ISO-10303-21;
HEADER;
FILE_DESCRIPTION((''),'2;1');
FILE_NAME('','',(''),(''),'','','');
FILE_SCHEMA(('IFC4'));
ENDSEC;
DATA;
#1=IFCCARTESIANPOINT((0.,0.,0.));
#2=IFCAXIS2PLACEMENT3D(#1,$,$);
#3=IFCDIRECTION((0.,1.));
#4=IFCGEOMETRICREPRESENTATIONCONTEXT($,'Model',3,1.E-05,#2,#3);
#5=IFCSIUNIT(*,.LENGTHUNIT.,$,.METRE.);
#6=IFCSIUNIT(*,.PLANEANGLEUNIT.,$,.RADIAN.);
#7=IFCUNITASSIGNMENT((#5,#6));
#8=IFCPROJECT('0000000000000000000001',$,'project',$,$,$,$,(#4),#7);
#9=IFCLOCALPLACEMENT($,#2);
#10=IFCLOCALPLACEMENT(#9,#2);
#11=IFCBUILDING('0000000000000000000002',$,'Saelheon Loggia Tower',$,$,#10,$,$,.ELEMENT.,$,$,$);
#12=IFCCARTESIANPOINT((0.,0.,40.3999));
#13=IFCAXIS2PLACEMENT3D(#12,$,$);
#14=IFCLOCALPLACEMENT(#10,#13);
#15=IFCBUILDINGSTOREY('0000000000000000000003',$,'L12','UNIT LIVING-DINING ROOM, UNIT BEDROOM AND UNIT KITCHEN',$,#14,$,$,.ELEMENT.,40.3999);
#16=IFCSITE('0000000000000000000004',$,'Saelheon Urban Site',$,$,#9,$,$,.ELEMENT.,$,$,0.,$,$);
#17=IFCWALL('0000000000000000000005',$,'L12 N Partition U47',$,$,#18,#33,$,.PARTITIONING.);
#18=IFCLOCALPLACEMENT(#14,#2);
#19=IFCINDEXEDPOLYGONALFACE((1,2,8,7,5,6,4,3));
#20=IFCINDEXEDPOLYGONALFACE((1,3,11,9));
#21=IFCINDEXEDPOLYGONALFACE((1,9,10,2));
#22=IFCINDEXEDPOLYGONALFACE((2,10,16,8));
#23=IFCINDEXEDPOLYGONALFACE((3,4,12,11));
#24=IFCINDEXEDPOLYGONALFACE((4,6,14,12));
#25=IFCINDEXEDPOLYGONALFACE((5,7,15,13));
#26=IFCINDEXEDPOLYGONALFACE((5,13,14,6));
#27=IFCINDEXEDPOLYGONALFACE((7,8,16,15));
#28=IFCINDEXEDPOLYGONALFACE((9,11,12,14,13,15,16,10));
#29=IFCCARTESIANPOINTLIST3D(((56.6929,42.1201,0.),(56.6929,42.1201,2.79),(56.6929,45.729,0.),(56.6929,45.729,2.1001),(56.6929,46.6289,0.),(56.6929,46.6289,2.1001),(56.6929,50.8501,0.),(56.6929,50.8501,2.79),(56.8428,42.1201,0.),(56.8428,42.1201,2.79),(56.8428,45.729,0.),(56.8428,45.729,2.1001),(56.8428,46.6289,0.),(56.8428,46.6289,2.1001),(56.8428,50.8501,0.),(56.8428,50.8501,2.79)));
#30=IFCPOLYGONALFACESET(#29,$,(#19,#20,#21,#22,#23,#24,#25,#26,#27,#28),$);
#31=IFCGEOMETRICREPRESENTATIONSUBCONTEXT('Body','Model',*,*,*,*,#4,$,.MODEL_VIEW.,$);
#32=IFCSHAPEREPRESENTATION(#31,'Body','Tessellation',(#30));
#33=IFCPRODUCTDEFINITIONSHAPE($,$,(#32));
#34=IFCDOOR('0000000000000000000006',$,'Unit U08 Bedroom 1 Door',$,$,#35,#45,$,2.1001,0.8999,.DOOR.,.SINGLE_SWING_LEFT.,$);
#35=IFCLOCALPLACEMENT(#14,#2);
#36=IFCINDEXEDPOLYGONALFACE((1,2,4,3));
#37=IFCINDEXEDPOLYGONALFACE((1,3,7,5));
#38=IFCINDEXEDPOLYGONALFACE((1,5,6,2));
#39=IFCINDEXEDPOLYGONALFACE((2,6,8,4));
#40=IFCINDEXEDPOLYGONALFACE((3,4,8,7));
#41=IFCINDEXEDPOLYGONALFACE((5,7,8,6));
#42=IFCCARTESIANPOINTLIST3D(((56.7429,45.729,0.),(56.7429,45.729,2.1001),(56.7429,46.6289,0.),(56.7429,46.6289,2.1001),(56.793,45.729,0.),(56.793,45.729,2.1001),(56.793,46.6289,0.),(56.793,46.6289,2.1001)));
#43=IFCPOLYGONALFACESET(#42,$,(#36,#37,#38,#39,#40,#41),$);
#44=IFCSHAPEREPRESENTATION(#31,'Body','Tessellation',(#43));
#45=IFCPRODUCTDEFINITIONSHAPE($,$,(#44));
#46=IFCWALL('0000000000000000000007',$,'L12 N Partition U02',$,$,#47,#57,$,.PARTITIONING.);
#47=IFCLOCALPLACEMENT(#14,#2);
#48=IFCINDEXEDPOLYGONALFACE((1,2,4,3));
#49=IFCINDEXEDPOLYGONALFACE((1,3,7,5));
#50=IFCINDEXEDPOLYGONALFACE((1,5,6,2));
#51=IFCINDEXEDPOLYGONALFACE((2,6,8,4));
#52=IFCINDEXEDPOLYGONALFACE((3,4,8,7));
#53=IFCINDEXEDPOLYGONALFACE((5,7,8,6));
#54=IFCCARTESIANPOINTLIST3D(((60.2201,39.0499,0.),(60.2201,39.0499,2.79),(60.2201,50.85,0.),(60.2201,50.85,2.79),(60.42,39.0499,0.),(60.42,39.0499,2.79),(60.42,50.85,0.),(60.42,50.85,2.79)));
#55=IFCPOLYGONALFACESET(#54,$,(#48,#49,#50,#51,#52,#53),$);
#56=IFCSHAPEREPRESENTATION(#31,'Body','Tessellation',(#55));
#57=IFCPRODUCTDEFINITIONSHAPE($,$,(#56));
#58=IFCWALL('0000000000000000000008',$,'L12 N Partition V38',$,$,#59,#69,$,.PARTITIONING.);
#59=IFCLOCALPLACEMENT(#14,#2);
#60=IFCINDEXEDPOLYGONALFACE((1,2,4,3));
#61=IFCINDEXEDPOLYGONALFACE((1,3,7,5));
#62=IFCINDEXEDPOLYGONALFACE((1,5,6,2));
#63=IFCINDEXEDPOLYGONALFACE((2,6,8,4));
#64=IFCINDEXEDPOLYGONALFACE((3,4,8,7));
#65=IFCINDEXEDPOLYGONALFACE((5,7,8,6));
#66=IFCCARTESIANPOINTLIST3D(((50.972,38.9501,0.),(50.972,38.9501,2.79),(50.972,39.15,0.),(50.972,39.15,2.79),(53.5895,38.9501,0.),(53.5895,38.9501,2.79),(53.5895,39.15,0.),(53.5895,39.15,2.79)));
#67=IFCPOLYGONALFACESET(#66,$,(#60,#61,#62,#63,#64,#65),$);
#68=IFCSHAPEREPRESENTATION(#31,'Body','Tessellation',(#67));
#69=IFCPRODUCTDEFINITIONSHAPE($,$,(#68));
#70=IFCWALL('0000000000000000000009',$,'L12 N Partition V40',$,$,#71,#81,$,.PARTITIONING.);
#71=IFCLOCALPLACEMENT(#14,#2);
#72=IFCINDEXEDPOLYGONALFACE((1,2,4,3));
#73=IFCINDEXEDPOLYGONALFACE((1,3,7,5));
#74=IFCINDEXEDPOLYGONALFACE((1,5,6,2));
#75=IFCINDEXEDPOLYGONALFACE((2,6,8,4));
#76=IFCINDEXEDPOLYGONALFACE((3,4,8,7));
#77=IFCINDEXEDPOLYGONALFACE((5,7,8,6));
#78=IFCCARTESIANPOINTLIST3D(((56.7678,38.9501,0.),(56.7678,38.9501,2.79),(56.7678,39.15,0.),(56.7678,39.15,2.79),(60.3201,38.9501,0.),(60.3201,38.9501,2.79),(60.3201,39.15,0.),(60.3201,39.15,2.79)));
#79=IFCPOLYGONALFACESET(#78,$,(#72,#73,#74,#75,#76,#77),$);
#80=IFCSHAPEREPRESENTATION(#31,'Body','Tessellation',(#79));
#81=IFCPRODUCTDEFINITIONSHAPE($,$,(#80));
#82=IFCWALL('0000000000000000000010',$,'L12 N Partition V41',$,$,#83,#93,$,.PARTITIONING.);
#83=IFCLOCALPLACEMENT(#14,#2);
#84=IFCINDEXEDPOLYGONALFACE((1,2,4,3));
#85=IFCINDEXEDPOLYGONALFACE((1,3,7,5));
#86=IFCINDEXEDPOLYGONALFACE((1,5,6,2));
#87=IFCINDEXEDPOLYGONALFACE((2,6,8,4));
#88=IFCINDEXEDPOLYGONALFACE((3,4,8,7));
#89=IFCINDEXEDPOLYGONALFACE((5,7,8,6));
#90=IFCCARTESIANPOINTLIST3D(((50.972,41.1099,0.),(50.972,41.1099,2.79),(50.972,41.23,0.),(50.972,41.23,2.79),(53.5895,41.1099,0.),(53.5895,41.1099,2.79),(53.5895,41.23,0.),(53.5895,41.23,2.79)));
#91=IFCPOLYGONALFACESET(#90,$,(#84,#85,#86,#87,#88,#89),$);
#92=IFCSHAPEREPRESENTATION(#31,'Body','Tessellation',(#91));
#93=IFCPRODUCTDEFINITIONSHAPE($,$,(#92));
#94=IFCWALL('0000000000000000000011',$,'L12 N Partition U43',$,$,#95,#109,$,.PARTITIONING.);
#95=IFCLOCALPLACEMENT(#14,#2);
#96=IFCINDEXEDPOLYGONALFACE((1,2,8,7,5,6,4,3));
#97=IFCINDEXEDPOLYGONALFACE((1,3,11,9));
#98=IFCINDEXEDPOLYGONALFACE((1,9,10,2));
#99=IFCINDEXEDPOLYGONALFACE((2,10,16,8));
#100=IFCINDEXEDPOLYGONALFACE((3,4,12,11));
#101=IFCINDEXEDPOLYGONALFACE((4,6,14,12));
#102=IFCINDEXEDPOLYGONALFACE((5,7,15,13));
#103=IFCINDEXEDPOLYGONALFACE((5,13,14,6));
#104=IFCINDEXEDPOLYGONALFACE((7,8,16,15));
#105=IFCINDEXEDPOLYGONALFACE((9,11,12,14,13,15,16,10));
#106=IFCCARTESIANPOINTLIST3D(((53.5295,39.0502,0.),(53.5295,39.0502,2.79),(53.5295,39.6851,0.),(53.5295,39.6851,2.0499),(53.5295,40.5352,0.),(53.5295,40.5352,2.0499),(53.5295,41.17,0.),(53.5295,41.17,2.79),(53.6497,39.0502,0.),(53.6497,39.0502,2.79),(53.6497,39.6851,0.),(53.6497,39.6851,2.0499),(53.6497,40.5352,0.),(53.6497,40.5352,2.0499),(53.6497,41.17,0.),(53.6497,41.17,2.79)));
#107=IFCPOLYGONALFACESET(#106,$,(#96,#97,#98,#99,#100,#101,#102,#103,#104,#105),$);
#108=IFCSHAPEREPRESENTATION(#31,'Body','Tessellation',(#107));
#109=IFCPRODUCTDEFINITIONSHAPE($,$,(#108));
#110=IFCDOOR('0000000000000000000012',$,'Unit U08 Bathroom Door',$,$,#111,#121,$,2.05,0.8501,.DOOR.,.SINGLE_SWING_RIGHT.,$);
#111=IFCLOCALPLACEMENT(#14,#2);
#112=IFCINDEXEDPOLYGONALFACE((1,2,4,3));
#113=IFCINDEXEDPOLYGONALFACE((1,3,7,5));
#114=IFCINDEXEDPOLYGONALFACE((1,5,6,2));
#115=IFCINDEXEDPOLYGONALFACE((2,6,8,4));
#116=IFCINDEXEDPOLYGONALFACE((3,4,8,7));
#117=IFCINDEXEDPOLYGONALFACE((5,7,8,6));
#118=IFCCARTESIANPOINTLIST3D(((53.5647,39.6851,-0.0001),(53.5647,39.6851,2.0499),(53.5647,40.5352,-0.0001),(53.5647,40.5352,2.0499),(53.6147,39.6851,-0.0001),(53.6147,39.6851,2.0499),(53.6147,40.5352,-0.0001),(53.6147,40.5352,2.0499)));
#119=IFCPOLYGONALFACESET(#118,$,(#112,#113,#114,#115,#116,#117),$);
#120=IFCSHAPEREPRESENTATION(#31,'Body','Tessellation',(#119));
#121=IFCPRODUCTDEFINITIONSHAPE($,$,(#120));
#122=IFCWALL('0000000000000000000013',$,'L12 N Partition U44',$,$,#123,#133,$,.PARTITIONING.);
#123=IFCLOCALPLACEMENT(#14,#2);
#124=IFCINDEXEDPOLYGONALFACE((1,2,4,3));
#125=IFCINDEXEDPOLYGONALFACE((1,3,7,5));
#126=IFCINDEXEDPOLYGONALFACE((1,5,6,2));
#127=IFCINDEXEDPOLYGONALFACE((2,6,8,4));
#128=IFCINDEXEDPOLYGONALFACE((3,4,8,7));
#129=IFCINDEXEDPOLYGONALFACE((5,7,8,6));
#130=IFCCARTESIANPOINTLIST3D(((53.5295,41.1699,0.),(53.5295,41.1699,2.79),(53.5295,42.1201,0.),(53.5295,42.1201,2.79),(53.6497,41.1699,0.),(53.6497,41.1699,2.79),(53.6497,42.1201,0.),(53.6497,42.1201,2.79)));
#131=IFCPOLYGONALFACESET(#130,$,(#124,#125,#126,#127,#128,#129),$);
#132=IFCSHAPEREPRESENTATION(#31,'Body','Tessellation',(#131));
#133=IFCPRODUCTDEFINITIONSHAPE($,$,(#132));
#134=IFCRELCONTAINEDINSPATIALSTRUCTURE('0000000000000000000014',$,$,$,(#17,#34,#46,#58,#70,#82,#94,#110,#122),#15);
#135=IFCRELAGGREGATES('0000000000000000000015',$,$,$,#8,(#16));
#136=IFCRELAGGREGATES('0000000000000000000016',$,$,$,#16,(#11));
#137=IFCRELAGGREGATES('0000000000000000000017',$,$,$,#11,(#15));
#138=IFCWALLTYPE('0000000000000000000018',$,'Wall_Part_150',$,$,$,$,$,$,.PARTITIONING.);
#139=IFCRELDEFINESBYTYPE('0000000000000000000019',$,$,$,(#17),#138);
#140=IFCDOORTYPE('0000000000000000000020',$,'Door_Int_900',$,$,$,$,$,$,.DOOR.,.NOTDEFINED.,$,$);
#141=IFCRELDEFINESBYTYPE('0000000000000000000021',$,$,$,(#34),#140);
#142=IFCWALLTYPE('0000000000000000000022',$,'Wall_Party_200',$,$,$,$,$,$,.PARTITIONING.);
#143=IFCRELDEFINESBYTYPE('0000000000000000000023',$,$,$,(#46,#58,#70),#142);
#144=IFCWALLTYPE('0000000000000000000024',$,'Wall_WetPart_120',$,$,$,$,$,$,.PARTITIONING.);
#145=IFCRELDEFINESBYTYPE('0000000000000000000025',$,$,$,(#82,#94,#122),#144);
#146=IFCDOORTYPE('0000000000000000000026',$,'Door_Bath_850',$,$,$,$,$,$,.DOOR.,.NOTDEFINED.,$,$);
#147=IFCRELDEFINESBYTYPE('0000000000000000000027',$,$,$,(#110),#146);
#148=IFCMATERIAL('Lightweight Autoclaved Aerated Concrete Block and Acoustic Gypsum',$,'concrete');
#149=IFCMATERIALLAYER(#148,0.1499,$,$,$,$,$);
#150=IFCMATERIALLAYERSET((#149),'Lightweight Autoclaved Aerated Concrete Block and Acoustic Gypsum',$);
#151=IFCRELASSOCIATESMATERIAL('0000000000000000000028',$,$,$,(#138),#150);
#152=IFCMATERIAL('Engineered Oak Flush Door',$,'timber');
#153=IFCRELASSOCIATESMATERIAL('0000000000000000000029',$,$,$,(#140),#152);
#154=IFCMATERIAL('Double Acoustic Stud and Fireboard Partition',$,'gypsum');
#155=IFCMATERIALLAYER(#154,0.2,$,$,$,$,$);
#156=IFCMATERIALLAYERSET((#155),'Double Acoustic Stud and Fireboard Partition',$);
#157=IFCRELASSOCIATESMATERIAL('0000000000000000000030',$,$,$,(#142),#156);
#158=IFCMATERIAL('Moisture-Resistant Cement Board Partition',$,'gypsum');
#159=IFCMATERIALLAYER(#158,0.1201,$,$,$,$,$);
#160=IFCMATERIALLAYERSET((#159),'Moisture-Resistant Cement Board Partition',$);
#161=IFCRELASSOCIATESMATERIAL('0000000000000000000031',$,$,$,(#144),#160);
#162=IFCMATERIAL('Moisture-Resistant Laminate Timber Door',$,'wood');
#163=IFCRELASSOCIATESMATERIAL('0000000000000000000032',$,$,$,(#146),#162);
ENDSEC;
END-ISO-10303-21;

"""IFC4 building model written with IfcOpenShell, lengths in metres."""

from ifc_helpers import new_model, si_unit, direction, frame, frame_2d, origin, place, context, subcontext, project, spatial, rectangle, extrude, source, transform, mapped, material, layer, layer_set, type_object, element, fill, save


model = new_model("IFC4")

# Units and contexts
model_context = context("Model", 3, precision=1e-05, world=origin(), true_north=direction((0.0, 1.0)))
body_context = subcontext(model_context, "Body", "Model", "MODEL_VIEW")
ifc_project = project(units=[si_unit("LENGTHUNIT", "METRE"), si_unit("PLANEANGLEUNIT", "RADIAN")], contexts=[model_context])

# Site, building, storey
site_placement = place(None, origin())
site = spatial("IfcSite", under=ifc_project, at=site_placement, Name="Saelheon Urban Site", CompositionType="ELEMENT", RefElevation=0.0)
building_placement = place(site_placement, origin())
building = spatial("IfcBuilding", under=site, at=building_placement, Name="Saelheon Loggia Tower", CompositionType="ELEMENT")
storey_placement = place(building_placement, frame((0.0, 0.0, 40.3999)))
storey = spatial("IfcBuildingStorey", under=building, at=storey_placement, Name="L12", Description="UNIT LIVING-DINING ROOM, UNIT BEDROOM AND UNIT KITCHEN", CompositionType="ELEMENT", Elevation=40.3999)

# Shared definitions
ifc_material_1 = material(Name="Lightweight Autoclaved Aerated Concrete Block and Acoustic Gypsum", Category="concrete")
ifc_layer_1 = layer(ifc_material_1, 0.1499)
ifc_layer_set_1 = layer_set([ifc_layer_1], Name="Lightweight Autoclaved Aerated Concrete Block and Acoustic Gypsum")
wall_type_1 = type_object("IfcWallType", Name="Wall_Part_150", PredefinedType="PARTITIONING", material=ifc_layer_set_1)

# Wall, opening, door
ifc_material_2 = material(Name="Engineered Oak Flush Door", Category="timber")
door_type_1 = type_object("IfcDoorType", Name="Door_Int_900", OperationType="NOTDEFINED", PredefinedType="DOOR", material=ifc_material_2)
shared_shape_1 = source(origin(), body_context, "Body", "SweptSolid", [
    extrude(rectangle(XDim=0.8999, YDim=2.1001, at=frame_2d((0.45, 1.05))), frame((0.0, 0.0249, 0.0), z_axis=(0.0, -1.0, 0.0), x_axis=(1.0, 0.0, 0.0)), (0.0, 0.0, 1.0), 0.05),
])
wall_1_placement = place(storey_placement, frame((56.7678, 42.1201, 0.0), z_axis=(0.0, 0.0, 1.0), x_axis=(0.0, 1.0, 0.0)))
wall_1 = element("IfcWall", 1, at=wall_1_placement, inside=storey, type_object=wall_type_1, Name="L12 N Partition U47", PredefinedType="PARTITIONING", context=body_context, shape_type="SweptSolid", body=[
    extrude(rectangle(XDim=8.73, YDim=0.1499, at=frame_2d((4.365, 0.0))), origin(), (0.0, 0.0, 1.0), 2.79),
])
opening_1_placement = place(wall_1_placement, frame((3.6089, 0.0, 0.0)))
opening_1 = element("IfcOpeningElement", 2, at=opening_1_placement, cuts=wall_1, PredefinedType="OPENING", context=body_context, shape_type="SweptSolid", body=[
    extrude(rectangle(XDim=0.8999, YDim=2.1001, at=frame_2d((0.45, 1.05))), frame((0.0, 0.0869, 0.0), z_axis=(0.0, -1.0, 0.0), x_axis=(1.0, 0.0, 0.0)), (0.0, 0.0, 1.0), 0.1738),
])
door_1_placement = place(opening_1_placement, origin())
door_1 = element("IfcDoor", 3, at=door_1_placement, inside=storey, type_object=door_type_1, Name="Unit U08 Bedroom 1 Door", OperationType="SINGLE_SWING_LEFT", OverallHeight=2.1001, OverallWidth=0.8999, PredefinedType="DOOR", context=body_context, shape_type="MappedRepresentation", body=[
    mapped(shared_shape_1, transform((0.0, 0.0, 0.0), scale=1.0)),
])
fill(opening_1, door_1)

# Walls
ifc_material_3 = material(Name="Double Acoustic Stud and Fireboard Partition", Category="gypsum")
ifc_layer_2 = layer(ifc_material_3, 0.2)
ifc_layer_set_2 = layer_set([ifc_layer_2], Name="Double Acoustic Stud and Fireboard Partition")
wall_type_2 = type_object("IfcWallType", Name="Wall_Party_200", PredefinedType="PARTITIONING", material=ifc_layer_set_2)
wall_2_placement = place(storey_placement, frame((60.3201, 39.05, 0.0), z_axis=(0.0, 0.0, 1.0), x_axis=(0.0, 1.0, 0.0)))
element("IfcWall", 4, at=wall_2_placement, inside=storey, type_object=wall_type_2, Name="L12 N Partition U02", PredefinedType="PARTITIONING", context=body_context, shape_type="SweptSolid", body=[
    extrude(rectangle(XDim=11.8, YDim=0.2, at=frame_2d((5.8999, 0.0))), origin(), (0.0, 0.0, 1.0), 2.79),
])
wall_3_placement = place(storey_placement, frame((50.9722, 39.05, 0.0), z_axis=(0.0, 0.0, 1.0), x_axis=(1.0, 0.0, 0.0)))
element("IfcWall", 5, at=wall_3_placement, inside=storey, type_object=wall_type_2, Name="L12 N Partition V38", PredefinedType="PARTITIONING", context=body_context, shape_type="SweptSolid", body=[
    extrude(rectangle(XDim=2.6174, YDim=0.2, at=frame_2d((1.3086, 0.0))), origin(), (0.0, 0.0, 1.0), 2.79),
])

# Walls
wall_4_placement = place(storey_placement, frame((56.7678, 39.05, 0.0), z_axis=(0.0, 0.0, 1.0), x_axis=(1.0, 0.0, 0.0)))
element("IfcWall", 6, at=wall_4_placement, inside=storey, type_object=wall_type_2, Name="L12 N Partition V40", PredefinedType="PARTITIONING", context=body_context, shape_type="SweptSolid", body=[
    extrude(rectangle(XDim=3.5522, YDim=0.2, at=frame_2d((1.7761, 0.0))), origin(), (0.0, 0.0, 1.0), 2.79),
])
ifc_material_4 = material(Name="Moisture-Resistant Cement Board Partition", Category="gypsum")
ifc_layer_3 = layer(ifc_material_4, 0.1201)
ifc_layer_set_3 = layer_set([ifc_layer_3], Name="Moisture-Resistant Cement Board Partition")
wall_type_3 = type_object("IfcWallType", Name="Wall_WetPart_120", PredefinedType="PARTITIONING", material=ifc_layer_set_3)
wall_5_placement = place(storey_placement, frame((50.9722, 41.1699, 0.0), z_axis=(0.0, 0.0, 1.0), x_axis=(1.0, 0.0, 0.0)))
element("IfcWall", 7, at=wall_5_placement, inside=storey, type_object=wall_type_3, Name="L12 N Partition V41", PredefinedType="PARTITIONING", context=body_context, shape_type="SweptSolid", body=[
    extrude(rectangle(XDim=2.6174, YDim=0.1201, at=frame_2d((1.3086, 0.0))), origin(), (0.0, 0.0, 1.0), 2.79),
])

# Wall, opening, door
wall_6_placement = place(storey_placement, frame((53.5896, 39.05, 0.0), z_axis=(0.0, 0.0, 1.0), x_axis=(0.0, 1.0, 0.0)))
wall_6 = element("IfcWall", 8, at=wall_6_placement, inside=storey, type_object=wall_type_3, Name="L12 N Partition U43", PredefinedType="PARTITIONING", context=body_context, shape_type="SweptSolid", body=[
    extrude(rectangle(XDim=2.1199, YDim=0.1201, at=frame_2d((1.0601, 0.0))), origin(), (0.0, 0.0, 1.0), 2.79),
])
opening_2_placement = place(wall_6_placement, frame((0.635, 0.0, 0.0)))
opening_2 = element("IfcOpeningElement", 9, at=opening_2_placement, cuts=wall_6, PredefinedType="OPENING", context=body_context, shape_type="SweptSolid", body=[
    extrude(rectangle(XDim=0.8501, YDim=2.05, at=frame_2d((0.425, 1.0249))), frame((0.0, 0.072, 0.0), z_axis=(0.0, -1.0, 0.0), x_axis=(1.0, 0.0, 0.0)), (0.0, 0.0, 1.0), 0.144),
])
ifc_material_5 = material(Name="Moisture-Resistant Laminate Timber Door", Category="wood")
door_type_2 = type_object("IfcDoorType", Name="Door_Bath_850", OperationType="NOTDEFINED", PredefinedType="DOOR", material=ifc_material_5)
shared_shape_2 = source(origin(), body_context, "Body", "SweptSolid", [
    extrude(rectangle(XDim=0.8501, YDim=2.05, at=frame_2d((0.425, 1.0249))), frame((0.0, 0.0249, 0.0), z_axis=(0.0, -1.0, 0.0), x_axis=(1.0, 0.0, 0.0)), (0.0, 0.0, 1.0), 0.05),
])
door_2_placement = place(opening_2_placement, origin())
door_2 = element("IfcDoor", 10, at=door_2_placement, inside=storey, type_object=door_type_2, Name="Unit U08 Bathroom Door", OperationType="SINGLE_SWING_RIGHT", OverallHeight=2.05, OverallWidth=0.8501, PredefinedType="DOOR", context=body_context, shape_type="MappedRepresentation", body=[
    mapped(shared_shape_2, transform((0.0, 0.0, 0.0), scale=1.0)),
])
fill(opening_2, door_2)

# Wall
wall_7_placement = place(storey_placement, frame((53.5896, 41.1699, 0.0), z_axis=(0.0, 0.0, 1.0), x_axis=(0.0, 1.0, 0.0)))
element("IfcWall", 11, at=wall_7_placement, inside=storey, type_object=wall_type_3, Name="L12 N Partition U44", PredefinedType="PARTITIONING", context=body_context, shape_type="SweptSolid", body=[
    extrude(rectangle(XDim=0.9502, YDim=0.1201, at=frame_2d((0.4751, 0.0))), origin(), (0.0, 0.0, 1.0), 2.79),
])

save(model, "model.ifc")
